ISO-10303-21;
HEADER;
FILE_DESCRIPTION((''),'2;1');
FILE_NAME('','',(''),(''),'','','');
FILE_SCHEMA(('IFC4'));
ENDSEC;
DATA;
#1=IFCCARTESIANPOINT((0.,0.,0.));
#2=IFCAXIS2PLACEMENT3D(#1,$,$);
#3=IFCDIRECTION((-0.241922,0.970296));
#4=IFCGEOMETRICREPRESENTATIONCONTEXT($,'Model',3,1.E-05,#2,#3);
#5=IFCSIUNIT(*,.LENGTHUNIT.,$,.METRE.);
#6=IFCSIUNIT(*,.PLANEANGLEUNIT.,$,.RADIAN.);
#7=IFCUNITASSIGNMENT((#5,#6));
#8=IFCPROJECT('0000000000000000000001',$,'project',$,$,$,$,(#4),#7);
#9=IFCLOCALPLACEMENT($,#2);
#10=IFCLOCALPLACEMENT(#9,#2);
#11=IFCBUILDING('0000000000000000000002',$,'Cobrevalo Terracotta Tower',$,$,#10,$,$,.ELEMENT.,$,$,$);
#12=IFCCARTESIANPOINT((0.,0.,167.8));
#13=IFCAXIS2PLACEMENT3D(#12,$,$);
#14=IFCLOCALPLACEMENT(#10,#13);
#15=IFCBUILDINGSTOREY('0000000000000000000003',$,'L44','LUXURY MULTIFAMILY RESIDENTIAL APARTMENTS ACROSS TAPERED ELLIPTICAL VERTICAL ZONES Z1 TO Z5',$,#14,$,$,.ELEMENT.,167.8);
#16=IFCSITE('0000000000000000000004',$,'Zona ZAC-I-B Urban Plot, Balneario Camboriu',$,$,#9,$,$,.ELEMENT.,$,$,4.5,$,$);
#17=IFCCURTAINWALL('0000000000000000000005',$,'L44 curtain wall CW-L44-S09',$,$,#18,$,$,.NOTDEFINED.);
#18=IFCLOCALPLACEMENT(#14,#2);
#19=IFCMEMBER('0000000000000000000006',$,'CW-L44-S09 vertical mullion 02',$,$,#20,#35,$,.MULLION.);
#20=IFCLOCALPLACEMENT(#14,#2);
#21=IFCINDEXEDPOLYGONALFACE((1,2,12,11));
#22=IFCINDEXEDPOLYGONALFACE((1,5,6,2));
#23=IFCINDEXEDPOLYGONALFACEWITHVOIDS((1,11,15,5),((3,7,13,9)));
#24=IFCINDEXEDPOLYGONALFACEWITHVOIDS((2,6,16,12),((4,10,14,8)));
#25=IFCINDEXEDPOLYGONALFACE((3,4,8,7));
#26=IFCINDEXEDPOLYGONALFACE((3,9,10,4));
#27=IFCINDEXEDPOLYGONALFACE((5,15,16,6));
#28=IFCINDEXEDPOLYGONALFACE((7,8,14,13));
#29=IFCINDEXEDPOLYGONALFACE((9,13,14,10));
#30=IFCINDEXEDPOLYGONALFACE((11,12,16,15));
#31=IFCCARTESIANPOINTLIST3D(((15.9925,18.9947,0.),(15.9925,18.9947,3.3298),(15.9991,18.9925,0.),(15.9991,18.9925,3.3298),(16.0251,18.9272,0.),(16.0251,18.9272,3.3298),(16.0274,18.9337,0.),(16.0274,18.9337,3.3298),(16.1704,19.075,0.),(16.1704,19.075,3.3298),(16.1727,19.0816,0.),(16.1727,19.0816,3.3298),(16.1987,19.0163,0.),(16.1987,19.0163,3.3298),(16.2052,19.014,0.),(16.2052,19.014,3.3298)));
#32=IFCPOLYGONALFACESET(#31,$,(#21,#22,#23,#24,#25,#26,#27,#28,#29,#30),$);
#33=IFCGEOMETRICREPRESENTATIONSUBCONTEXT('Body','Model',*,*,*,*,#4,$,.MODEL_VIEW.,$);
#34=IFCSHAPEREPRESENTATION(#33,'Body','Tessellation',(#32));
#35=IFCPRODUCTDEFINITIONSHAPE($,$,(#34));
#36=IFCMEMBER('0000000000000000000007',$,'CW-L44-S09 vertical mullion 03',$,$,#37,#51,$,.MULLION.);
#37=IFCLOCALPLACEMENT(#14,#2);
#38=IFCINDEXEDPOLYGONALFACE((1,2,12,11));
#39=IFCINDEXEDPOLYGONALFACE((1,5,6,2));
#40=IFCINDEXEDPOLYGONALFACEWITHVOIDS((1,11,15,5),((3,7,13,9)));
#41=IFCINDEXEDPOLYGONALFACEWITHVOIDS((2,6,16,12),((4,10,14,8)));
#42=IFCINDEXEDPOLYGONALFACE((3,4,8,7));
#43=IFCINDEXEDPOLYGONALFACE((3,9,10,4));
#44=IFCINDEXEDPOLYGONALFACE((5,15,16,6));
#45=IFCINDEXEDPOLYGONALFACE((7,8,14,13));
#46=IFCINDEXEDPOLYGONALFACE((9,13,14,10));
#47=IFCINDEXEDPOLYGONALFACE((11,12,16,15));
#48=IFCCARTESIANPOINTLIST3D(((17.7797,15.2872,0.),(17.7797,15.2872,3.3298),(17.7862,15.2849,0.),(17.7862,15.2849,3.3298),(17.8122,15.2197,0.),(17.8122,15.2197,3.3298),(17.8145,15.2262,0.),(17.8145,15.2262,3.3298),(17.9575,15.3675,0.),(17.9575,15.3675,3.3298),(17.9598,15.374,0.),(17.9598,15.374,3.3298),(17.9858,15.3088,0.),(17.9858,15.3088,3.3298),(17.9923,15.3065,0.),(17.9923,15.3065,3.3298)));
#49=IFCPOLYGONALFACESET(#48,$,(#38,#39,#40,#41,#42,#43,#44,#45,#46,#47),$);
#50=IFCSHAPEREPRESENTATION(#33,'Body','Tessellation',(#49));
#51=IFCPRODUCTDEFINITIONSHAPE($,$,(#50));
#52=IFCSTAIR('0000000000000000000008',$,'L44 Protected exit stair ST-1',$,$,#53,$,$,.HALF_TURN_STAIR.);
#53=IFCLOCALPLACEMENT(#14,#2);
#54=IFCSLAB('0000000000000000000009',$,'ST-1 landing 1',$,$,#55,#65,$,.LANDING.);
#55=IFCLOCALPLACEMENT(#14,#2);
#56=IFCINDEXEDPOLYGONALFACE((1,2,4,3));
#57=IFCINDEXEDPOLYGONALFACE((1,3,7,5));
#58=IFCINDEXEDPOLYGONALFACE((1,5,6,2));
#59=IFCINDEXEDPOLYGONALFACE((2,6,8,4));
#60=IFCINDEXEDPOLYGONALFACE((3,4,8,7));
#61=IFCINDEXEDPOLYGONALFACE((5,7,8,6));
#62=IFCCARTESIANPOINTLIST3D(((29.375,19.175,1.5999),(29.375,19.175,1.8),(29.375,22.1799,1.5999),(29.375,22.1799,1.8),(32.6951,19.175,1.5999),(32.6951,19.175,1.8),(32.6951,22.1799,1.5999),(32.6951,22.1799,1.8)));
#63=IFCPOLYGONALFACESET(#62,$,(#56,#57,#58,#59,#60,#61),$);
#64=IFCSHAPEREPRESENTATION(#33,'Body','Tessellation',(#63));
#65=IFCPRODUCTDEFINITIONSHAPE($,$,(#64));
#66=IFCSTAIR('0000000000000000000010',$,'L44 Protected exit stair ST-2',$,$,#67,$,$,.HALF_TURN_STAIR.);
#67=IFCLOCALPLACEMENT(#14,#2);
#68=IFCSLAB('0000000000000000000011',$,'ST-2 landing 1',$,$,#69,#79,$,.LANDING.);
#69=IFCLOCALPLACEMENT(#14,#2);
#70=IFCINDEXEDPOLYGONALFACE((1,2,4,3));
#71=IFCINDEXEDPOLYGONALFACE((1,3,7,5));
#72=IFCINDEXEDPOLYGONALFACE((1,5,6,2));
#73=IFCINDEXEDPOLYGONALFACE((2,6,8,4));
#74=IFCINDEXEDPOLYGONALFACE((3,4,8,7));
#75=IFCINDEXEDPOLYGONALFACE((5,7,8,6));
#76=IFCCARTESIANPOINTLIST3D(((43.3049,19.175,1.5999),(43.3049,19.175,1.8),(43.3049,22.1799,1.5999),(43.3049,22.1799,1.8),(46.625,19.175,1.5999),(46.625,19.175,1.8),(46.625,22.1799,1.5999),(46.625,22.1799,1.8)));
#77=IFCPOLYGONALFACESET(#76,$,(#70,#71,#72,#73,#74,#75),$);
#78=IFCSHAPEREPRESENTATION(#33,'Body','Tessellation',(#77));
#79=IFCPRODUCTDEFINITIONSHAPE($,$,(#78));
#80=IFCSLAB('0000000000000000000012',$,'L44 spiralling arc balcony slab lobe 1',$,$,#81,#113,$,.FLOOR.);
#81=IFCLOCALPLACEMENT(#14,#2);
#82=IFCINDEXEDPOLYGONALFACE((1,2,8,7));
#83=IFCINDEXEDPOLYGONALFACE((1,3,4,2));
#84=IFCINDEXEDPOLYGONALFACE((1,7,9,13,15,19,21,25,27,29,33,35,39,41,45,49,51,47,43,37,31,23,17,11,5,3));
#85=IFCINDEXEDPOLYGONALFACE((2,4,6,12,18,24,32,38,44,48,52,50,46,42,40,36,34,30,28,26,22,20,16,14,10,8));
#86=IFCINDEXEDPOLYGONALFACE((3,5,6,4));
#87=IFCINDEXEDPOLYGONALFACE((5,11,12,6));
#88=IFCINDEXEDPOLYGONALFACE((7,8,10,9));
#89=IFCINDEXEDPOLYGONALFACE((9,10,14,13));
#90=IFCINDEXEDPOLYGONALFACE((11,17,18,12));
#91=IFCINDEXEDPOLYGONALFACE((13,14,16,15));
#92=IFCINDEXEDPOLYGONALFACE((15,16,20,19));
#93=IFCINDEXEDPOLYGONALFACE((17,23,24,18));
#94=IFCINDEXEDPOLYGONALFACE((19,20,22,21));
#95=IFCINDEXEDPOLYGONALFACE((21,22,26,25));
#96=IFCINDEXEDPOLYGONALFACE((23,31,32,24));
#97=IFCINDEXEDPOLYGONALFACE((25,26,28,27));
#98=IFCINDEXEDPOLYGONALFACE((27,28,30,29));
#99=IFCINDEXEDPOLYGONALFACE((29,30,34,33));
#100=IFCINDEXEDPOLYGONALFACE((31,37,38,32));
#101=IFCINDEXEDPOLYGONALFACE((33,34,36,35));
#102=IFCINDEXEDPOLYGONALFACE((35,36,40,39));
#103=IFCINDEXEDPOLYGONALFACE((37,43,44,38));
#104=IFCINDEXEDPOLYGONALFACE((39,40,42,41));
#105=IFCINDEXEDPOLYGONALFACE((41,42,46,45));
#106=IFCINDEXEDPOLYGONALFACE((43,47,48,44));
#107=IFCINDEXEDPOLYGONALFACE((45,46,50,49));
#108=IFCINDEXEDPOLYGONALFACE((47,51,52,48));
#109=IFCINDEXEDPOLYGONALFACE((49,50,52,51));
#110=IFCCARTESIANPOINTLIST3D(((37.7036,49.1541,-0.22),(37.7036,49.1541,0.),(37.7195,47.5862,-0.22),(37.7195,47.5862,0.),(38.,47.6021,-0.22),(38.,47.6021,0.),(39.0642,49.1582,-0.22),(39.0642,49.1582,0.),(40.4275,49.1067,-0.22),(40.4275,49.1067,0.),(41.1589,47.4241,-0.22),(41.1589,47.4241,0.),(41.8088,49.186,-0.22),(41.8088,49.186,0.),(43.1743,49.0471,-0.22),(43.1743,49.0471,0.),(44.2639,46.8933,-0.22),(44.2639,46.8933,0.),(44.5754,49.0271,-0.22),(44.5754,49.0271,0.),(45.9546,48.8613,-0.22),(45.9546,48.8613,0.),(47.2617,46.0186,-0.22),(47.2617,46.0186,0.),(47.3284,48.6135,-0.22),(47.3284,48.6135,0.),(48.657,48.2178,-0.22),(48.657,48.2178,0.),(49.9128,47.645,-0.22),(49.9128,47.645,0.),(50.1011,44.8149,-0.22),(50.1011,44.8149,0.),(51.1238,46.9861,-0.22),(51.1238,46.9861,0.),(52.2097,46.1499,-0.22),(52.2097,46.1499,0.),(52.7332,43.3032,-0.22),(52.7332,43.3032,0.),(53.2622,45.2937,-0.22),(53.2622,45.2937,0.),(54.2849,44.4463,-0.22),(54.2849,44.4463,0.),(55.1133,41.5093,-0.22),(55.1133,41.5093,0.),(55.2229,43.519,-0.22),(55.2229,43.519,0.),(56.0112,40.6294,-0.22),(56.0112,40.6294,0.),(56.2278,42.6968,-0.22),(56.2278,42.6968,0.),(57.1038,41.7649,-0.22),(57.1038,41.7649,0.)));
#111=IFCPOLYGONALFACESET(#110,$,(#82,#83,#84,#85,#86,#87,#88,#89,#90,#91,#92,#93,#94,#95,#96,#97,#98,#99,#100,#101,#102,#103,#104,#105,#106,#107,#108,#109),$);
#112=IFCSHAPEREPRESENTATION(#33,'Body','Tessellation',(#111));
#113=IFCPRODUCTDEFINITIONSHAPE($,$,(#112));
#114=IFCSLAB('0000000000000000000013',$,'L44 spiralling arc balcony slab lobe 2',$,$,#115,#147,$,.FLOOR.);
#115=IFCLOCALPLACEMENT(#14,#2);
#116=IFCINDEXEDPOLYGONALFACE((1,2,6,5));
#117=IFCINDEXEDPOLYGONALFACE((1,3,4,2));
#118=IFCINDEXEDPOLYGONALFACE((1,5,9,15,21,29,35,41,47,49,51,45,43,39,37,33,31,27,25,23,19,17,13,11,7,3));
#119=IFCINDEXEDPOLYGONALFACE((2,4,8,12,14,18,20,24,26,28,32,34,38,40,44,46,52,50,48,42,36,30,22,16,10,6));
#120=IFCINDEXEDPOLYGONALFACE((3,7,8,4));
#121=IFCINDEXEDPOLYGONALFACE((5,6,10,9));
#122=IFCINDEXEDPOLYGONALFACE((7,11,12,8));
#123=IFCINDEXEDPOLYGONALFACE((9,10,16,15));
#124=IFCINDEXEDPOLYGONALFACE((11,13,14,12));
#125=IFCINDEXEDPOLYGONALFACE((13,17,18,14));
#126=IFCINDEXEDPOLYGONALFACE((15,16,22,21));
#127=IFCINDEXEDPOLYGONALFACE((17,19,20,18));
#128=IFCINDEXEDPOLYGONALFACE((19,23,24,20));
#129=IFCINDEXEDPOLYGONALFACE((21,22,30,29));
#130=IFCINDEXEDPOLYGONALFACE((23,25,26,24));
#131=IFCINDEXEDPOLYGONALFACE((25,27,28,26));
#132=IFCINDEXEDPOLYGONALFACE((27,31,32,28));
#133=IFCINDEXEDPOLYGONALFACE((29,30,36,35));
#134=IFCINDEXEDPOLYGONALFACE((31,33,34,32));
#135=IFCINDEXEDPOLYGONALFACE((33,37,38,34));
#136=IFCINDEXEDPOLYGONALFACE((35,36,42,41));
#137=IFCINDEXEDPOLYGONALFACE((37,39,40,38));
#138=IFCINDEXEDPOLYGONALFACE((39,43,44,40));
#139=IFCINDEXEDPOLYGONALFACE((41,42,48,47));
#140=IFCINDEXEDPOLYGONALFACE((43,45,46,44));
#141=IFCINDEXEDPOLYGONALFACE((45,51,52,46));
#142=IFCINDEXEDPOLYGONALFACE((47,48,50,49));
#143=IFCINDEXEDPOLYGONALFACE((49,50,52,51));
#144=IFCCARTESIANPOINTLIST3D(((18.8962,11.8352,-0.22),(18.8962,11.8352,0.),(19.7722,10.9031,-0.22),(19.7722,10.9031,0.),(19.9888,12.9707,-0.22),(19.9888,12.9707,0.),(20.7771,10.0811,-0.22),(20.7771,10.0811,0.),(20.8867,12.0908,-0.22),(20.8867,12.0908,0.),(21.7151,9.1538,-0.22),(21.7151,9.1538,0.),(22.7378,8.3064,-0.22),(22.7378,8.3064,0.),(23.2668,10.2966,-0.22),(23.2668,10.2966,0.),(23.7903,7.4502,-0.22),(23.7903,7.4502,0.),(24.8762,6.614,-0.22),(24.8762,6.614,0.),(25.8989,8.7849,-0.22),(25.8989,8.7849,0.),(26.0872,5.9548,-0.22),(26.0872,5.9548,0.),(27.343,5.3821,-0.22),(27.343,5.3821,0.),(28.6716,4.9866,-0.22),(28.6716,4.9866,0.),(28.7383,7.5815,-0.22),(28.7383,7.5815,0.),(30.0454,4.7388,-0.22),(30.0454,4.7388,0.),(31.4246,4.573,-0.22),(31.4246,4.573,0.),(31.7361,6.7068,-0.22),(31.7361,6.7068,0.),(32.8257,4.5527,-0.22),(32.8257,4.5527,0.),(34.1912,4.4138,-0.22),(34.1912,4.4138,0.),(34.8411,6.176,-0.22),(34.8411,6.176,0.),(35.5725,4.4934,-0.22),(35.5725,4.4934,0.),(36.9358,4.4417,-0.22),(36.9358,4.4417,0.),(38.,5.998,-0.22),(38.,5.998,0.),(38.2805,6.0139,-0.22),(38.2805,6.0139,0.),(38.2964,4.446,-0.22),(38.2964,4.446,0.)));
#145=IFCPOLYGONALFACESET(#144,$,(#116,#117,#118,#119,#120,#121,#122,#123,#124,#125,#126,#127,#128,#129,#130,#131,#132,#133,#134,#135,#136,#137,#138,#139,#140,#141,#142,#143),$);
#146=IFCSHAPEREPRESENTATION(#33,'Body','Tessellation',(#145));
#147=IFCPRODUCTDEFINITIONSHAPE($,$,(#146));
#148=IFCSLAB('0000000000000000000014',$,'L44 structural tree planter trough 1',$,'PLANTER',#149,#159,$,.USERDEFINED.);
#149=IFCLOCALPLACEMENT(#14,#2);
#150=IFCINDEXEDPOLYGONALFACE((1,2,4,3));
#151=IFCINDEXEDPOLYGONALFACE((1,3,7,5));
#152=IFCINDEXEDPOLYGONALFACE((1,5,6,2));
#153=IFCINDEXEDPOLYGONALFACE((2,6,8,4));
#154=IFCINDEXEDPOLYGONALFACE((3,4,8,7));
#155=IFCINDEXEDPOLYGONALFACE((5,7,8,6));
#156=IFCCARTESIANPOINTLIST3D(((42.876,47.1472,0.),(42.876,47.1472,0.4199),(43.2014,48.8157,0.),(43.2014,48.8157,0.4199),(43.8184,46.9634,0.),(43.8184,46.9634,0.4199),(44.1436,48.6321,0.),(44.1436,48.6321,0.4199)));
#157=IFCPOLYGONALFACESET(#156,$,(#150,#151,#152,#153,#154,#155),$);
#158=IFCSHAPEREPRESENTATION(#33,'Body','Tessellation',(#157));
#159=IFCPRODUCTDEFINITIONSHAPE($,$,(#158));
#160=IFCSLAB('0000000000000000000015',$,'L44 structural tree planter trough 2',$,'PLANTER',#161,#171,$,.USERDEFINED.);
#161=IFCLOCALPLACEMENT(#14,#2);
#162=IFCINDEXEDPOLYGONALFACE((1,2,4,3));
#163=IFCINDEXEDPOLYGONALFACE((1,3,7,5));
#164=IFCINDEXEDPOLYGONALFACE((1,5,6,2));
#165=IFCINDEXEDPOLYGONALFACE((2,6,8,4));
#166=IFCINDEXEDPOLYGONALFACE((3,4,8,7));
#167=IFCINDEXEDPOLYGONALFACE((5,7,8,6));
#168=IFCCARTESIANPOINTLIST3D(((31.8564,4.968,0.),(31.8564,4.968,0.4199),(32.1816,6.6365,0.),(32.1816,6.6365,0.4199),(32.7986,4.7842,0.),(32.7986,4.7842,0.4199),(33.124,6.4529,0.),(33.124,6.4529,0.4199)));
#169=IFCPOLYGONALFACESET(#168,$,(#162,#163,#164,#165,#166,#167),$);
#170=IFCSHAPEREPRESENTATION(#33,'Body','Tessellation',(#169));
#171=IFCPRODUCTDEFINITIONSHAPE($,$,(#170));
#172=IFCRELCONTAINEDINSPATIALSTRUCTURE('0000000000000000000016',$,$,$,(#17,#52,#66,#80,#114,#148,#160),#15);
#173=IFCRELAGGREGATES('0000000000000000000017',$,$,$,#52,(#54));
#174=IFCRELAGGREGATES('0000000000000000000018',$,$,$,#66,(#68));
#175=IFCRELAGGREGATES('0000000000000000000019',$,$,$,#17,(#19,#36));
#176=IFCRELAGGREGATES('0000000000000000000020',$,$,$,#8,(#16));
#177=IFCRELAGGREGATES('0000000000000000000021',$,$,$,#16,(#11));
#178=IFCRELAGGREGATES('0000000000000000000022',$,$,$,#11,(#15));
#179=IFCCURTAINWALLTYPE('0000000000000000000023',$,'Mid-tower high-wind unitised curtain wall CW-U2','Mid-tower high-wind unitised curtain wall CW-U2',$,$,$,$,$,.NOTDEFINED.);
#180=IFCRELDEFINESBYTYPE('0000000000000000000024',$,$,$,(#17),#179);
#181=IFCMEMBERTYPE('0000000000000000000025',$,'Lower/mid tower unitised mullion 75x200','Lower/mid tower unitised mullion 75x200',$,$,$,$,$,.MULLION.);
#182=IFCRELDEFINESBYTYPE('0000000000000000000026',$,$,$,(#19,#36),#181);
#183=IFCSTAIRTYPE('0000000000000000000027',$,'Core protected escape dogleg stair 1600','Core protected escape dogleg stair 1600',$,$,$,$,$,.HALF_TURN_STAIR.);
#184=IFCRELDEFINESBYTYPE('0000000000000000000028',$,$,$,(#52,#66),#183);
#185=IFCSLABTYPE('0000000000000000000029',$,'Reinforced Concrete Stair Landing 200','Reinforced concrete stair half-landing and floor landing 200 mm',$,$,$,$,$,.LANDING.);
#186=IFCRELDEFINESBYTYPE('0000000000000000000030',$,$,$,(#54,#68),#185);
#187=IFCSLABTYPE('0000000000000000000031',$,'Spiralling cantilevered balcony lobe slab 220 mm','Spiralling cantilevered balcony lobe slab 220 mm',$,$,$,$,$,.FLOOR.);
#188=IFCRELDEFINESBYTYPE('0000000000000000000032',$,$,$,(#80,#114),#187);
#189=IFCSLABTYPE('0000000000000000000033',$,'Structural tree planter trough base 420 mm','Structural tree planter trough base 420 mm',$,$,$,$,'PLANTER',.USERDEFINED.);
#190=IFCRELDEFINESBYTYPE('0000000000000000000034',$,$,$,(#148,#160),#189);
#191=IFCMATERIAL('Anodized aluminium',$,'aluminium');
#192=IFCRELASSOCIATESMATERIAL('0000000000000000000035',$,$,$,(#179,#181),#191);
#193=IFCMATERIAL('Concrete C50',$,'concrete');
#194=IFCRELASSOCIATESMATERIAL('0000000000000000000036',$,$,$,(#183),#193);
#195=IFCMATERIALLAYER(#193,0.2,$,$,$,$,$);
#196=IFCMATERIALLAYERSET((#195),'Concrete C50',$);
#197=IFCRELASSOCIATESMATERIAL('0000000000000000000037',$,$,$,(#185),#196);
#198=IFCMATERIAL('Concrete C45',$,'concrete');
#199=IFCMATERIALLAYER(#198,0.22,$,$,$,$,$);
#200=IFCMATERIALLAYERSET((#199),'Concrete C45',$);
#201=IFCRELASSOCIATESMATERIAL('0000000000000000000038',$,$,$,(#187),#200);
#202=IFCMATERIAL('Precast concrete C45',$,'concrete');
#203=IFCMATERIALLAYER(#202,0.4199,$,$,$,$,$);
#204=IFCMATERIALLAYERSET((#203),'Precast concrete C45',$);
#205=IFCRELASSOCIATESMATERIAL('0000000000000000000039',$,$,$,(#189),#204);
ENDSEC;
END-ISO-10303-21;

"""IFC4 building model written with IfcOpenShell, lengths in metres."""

from ifc_helpers import new_model, si_unit, direction, frame, origin, origin_2d, place, context, subcontext, project, spatial, polyline, hollow_rectangle, outline, extrude, source, transform, mapped, material, layer, layer_set, material_profile, profile_set, type_object, element, aggregate, save


model = new_model("IFC4")

# Units and contexts
model_context = context("Model", 3, precision=1e-05, world=origin(), true_north=direction((-0.241922, 0.970296)))
body_context = subcontext(model_context, "Body", "Model", "MODEL_VIEW")
ifc_project = project(units=[si_unit("LENGTHUNIT", "METRE"), si_unit("PLANEANGLEUNIT", "RADIAN")], contexts=[model_context])

# Site, building, storey
site_placement = place(None, origin())
site = spatial("IfcSite", under=ifc_project, at=site_placement, Name="Zona ZAC-I-B Urban Plot, Balneario Camboriu", CompositionType="ELEMENT", RefElevation=4.5)
building_placement = place(site_placement, origin())
building = spatial("IfcBuilding", under=site, at=building_placement, Name="Cobrevalo Terracotta Tower", CompositionType="ELEMENT")
storey_placement = place(building_placement, frame((0.0, 0.0, 167.8)))
storey = spatial("IfcBuildingStorey", under=building, at=storey_placement, Name="L44", Description="LUXURY MULTIFAMILY RESIDENTIAL APARTMENTS ACROSS TAPERED ELLIPTICAL VERTICAL ZONES Z1 TO Z5", CompositionType="ELEMENT", Elevation=167.8)

# Curtain wall
ifc_material_1 = material(Name="Anodized aluminium", Category="aluminium")
curtain_wall_type = type_object("IfcCurtainWallType", Name="Mid-tower high-wind unitised curtain wall CW-U2", Description="Mid-tower high-wind unitised curtain wall CW-U2", PredefinedType="NOTDEFINED", material=ifc_material_1)
curtain_wall_1_placement = place(storey_placement, origin())
curtain_wall_1 = element("IfcCurtainWall", 1, at=curtain_wall_1_placement, inside=storey, type_object=curtain_wall_type, Name="L44 curtain wall CW-L44-S09", PredefinedType="NOTDEFINED")

# Shared definitions
ifc_material_profile_1 = material_profile(ifc_material_1, hollow_rectangle(XDim=0.075, YDim=0.2, WallThickness=0.0049, at=origin_2d()), Name="CWM 75x200")
ifc_profile_set_1 = profile_set([ifc_material_profile_1], Name="Anodized aluminium")
member_type_1 = type_object("IfcMemberType", Name="Lower/mid tower unitised mullion 75x200", Description="Lower/mid tower unitised mullion 75x200", PredefinedType="MULLION", material=ifc_profile_set_1)
shared_shape_1 = source(origin(), body_context, "Body", "SweptSolid", [
    extrude(hollow_rectangle(XDim=0.075, YDim=0.2, WallThickness=0.0049, at=origin_2d()), origin(), (0.0, 0.0, 1.0), 3.3298),
])

# Members
member_1_placement = place(storey_placement, frame((16.0989, 19.0044, 0.0), z_axis=(0.0, 0.0, 1.0), x_axis=(0.434209, -0.900812, 0.0)))
member_1 = element("IfcMember", 2, at=member_1_placement, type_object=member_type_1, Name="CW-L44-S09 vertical mullion 02", PredefinedType="MULLION", context=body_context, shape_type="MappedRepresentation", body=[
    mapped(shared_shape_1, transform((0.0, 0.0, 0.0), scale=1.0)),
])
member_2_placement = place(storey_placement, frame((17.886, 15.2969, 0.0), z_axis=(0.0, 0.0, 1.0), x_axis=(0.434209, -0.900812, 0.0)))
member_2 = element("IfcMember", 3, at=member_2_placement, type_object=member_type_1, Name="CW-L44-S09 vertical mullion 03", PredefinedType="MULLION", context=body_context, shape_type="MappedRepresentation", body=[
    mapped(shared_shape_1, transform((0.0, 0.0, 0.0), scale=1.0)),
])

# Stairs, slabs
ifc_material_2 = material(Name="Concrete C50", Category="concrete")
stair_type = type_object("IfcStairType", Name="Core protected escape dogleg stair 1600", Description="Core protected escape dogleg stair 1600", PredefinedType="HALF_TURN_STAIR", material=ifc_material_2)
stair_1_placement = place(storey_placement, origin())
stair_1 = element("IfcStair", 4, at=stair_1_placement, inside=storey, type_object=stair_type, Name="L44 Protected exit stair ST-1", PredefinedType="HALF_TURN_STAIR")
ifc_layer_1 = layer(ifc_material_2, 0.2)
ifc_layer_set_1 = layer_set([ifc_layer_1], Name="Concrete C50")
slab_type_1 = type_object("IfcSlabType", Name="Reinforced Concrete Stair Landing 200", Description="Reinforced concrete stair half-landing and floor landing 200 mm", PredefinedType="LANDING", material=ifc_layer_set_1)
slab_1_placement = place(storey_placement, frame((0.0, 0.0, 1.5999)))
slab_1 = element("IfcSlab", 5, at=slab_1_placement, type_object=slab_type_1, Name="ST-1 landing 1", PredefinedType="LANDING", context=body_context, shape_type="SweptSolid", body=[
    extrude(outline(polyline([(29.375, 22.1799), (29.375, 19.175), (32.6951, 19.175), (32.6951, 22.1799), (29.375, 22.1799)])), origin(), (0.0, 0.0, 1.0), 0.2002),
])
aggregate(stair_1, [slab_1])
stair_2_placement = place(storey_placement, origin())
stair_2 = element("IfcStair", 6, at=stair_2_placement, inside=storey, type_object=stair_type, Name="L44 Protected exit stair ST-2", PredefinedType="HALF_TURN_STAIR")
slab_2_placement = place(storey_placement, frame((0.0, 0.0, 1.5999)))
slab_2 = element("IfcSlab", 7, at=slab_2_placement, type_object=slab_type_1, Name="ST-2 landing 1", PredefinedType="LANDING", context=body_context, shape_type="SweptSolid", body=[
    extrude(outline(polyline([(43.3049, 22.1799), (43.3049, 19.175), (46.625, 19.175), (46.625, 22.1799), (43.3049, 22.1799)])), origin(), (0.0, 0.0, 1.0), 0.2002),
])
aggregate(stair_2, [slab_2])

# Slabs
ifc_material_3 = material(Name="Concrete C45", Category="concrete")
ifc_layer_2 = layer(ifc_material_3, 0.22)
ifc_layer_set_2 = layer_set([ifc_layer_2], Name="Concrete C45")
slab_type_2 = type_object("IfcSlabType", Name="Spiralling cantilevered balcony lobe slab 220 mm", Description="Spiralling cantilevered balcony lobe slab 220 mm", PredefinedType="FLOOR", material=ifc_layer_set_2)
slab_3_placement = place(storey_placement, frame((0.0, 0.0, -0.22)))
element("IfcSlab", 8, at=slab_3_placement, inside=storey, type_object=slab_type_2, Name="L44 spiralling arc balcony slab lobe 1", PredefinedType="FLOOR", context=body_context, shape_type="SweptSolid", body=[
    extrude(outline(polyline([(57.1038, 41.7649), (56.2278, 42.6968), (55.2229, 43.519), (54.2849, 44.4463), (53.2622, 45.2937), (52.2097, 46.1499), (51.1238, 46.9861), (49.9128, 47.645), (48.657, 48.2178), (47.3284, 48.6135), (45.9546, 48.8613), (44.5754, 49.0271), (43.1743, 49.0471), (41.8088, 49.186), (40.4275, 49.1067), (39.0642, 49.1582), (37.7036, 49.1541), (37.7195, 47.5862), (38.0, 47.6021), (41.1589, 47.4241), (44.2639, 46.8933), (47.2617, 46.0186), (50.1011, 44.8149), (52.7332, 43.3032), (55.1133, 41.5093), (56.0112, 40.6294), (57.1038, 41.7649)])), origin(), (0.0, 0.0, 1.0), 0.22),
])
slab_4_placement = place(storey_placement, frame((0.0, 0.0, -0.22)))
element("IfcSlab", 9, at=slab_4_placement, inside=storey, type_object=slab_type_2, Name="L44 spiralling arc balcony slab lobe 2", PredefinedType="FLOOR", context=body_context, shape_type="SweptSolid", body=[
    extrude(outline(polyline([(18.8962, 11.8352), (19.7722, 10.9031), (20.7771, 10.0811), (21.7151, 9.1538), (22.7378, 8.3064), (23.7903, 7.4502), (24.8762, 6.614), (26.0872, 5.9548), (27.343, 5.3821), (28.6716, 4.9866), (30.0454, 4.7388), (31.4246, 4.573), (32.8257, 4.5527), (34.1912, 4.4138), (35.5725, 4.4934), (36.9358, 4.4417), (38.2964, 4.446), (38.2805, 6.0139), (38.0, 5.998), (34.8411, 6.176), (31.7361, 6.7068), (28.7383, 7.5815), (25.8989, 8.7849), (23.2668, 10.2966), (20.8867, 12.0908), (19.9888, 12.9707), (18.8962, 11.8352)])), origin(), (0.0, 0.0, 1.0), 0.22),
])
ifc_material_4 = material(Name="Precast concrete C45", Category="concrete")
ifc_layer_3 = layer(ifc_material_4, 0.4199)
ifc_layer_set_3 = layer_set([ifc_layer_3], Name="Precast concrete C45")
slab_type_3 = type_object("IfcSlabType", Name="Structural tree planter trough base 420 mm", Description="Structural tree planter trough base 420 mm", ElementType="PLANTER", PredefinedType="USERDEFINED", material=ifc_layer_set_3)
slab_5_placement = place(storey_placement, origin())
element("IfcSlab", 10, at=slab_5_placement, inside=storey, type_object=slab_type_3, Name="L44 structural tree planter trough 1", ObjectType="PLANTER", PredefinedType="USERDEFINED", context=body_context, shape_type="SweptSolid", body=[
    extrude(outline(polyline([(43.8184, 46.9634), (44.1436, 48.6321), (43.2014, 48.8157), (42.876, 47.1472), (43.8184, 46.9634)])), origin(), (0.0, 0.0, 1.0), 0.4199),
])
slab_6_placement = place(storey_placement, origin())
element("IfcSlab", 11, at=slab_6_placement, inside=storey, type_object=slab_type_3, Name="L44 structural tree planter trough 2", ObjectType="PLANTER", PredefinedType="USERDEFINED", context=body_context, shape_type="SweptSolid", body=[
    extrude(outline(polyline([(32.1816, 6.6365), (31.8564, 4.968), (32.7986, 4.7842), (33.124, 6.4529), (32.1816, 6.6365)])), origin(), (0.0, 0.0, 1.0), 0.4199),
])

aggregate(curtain_wall_1, [member_1, member_2])

save(model, "model.ifc")
